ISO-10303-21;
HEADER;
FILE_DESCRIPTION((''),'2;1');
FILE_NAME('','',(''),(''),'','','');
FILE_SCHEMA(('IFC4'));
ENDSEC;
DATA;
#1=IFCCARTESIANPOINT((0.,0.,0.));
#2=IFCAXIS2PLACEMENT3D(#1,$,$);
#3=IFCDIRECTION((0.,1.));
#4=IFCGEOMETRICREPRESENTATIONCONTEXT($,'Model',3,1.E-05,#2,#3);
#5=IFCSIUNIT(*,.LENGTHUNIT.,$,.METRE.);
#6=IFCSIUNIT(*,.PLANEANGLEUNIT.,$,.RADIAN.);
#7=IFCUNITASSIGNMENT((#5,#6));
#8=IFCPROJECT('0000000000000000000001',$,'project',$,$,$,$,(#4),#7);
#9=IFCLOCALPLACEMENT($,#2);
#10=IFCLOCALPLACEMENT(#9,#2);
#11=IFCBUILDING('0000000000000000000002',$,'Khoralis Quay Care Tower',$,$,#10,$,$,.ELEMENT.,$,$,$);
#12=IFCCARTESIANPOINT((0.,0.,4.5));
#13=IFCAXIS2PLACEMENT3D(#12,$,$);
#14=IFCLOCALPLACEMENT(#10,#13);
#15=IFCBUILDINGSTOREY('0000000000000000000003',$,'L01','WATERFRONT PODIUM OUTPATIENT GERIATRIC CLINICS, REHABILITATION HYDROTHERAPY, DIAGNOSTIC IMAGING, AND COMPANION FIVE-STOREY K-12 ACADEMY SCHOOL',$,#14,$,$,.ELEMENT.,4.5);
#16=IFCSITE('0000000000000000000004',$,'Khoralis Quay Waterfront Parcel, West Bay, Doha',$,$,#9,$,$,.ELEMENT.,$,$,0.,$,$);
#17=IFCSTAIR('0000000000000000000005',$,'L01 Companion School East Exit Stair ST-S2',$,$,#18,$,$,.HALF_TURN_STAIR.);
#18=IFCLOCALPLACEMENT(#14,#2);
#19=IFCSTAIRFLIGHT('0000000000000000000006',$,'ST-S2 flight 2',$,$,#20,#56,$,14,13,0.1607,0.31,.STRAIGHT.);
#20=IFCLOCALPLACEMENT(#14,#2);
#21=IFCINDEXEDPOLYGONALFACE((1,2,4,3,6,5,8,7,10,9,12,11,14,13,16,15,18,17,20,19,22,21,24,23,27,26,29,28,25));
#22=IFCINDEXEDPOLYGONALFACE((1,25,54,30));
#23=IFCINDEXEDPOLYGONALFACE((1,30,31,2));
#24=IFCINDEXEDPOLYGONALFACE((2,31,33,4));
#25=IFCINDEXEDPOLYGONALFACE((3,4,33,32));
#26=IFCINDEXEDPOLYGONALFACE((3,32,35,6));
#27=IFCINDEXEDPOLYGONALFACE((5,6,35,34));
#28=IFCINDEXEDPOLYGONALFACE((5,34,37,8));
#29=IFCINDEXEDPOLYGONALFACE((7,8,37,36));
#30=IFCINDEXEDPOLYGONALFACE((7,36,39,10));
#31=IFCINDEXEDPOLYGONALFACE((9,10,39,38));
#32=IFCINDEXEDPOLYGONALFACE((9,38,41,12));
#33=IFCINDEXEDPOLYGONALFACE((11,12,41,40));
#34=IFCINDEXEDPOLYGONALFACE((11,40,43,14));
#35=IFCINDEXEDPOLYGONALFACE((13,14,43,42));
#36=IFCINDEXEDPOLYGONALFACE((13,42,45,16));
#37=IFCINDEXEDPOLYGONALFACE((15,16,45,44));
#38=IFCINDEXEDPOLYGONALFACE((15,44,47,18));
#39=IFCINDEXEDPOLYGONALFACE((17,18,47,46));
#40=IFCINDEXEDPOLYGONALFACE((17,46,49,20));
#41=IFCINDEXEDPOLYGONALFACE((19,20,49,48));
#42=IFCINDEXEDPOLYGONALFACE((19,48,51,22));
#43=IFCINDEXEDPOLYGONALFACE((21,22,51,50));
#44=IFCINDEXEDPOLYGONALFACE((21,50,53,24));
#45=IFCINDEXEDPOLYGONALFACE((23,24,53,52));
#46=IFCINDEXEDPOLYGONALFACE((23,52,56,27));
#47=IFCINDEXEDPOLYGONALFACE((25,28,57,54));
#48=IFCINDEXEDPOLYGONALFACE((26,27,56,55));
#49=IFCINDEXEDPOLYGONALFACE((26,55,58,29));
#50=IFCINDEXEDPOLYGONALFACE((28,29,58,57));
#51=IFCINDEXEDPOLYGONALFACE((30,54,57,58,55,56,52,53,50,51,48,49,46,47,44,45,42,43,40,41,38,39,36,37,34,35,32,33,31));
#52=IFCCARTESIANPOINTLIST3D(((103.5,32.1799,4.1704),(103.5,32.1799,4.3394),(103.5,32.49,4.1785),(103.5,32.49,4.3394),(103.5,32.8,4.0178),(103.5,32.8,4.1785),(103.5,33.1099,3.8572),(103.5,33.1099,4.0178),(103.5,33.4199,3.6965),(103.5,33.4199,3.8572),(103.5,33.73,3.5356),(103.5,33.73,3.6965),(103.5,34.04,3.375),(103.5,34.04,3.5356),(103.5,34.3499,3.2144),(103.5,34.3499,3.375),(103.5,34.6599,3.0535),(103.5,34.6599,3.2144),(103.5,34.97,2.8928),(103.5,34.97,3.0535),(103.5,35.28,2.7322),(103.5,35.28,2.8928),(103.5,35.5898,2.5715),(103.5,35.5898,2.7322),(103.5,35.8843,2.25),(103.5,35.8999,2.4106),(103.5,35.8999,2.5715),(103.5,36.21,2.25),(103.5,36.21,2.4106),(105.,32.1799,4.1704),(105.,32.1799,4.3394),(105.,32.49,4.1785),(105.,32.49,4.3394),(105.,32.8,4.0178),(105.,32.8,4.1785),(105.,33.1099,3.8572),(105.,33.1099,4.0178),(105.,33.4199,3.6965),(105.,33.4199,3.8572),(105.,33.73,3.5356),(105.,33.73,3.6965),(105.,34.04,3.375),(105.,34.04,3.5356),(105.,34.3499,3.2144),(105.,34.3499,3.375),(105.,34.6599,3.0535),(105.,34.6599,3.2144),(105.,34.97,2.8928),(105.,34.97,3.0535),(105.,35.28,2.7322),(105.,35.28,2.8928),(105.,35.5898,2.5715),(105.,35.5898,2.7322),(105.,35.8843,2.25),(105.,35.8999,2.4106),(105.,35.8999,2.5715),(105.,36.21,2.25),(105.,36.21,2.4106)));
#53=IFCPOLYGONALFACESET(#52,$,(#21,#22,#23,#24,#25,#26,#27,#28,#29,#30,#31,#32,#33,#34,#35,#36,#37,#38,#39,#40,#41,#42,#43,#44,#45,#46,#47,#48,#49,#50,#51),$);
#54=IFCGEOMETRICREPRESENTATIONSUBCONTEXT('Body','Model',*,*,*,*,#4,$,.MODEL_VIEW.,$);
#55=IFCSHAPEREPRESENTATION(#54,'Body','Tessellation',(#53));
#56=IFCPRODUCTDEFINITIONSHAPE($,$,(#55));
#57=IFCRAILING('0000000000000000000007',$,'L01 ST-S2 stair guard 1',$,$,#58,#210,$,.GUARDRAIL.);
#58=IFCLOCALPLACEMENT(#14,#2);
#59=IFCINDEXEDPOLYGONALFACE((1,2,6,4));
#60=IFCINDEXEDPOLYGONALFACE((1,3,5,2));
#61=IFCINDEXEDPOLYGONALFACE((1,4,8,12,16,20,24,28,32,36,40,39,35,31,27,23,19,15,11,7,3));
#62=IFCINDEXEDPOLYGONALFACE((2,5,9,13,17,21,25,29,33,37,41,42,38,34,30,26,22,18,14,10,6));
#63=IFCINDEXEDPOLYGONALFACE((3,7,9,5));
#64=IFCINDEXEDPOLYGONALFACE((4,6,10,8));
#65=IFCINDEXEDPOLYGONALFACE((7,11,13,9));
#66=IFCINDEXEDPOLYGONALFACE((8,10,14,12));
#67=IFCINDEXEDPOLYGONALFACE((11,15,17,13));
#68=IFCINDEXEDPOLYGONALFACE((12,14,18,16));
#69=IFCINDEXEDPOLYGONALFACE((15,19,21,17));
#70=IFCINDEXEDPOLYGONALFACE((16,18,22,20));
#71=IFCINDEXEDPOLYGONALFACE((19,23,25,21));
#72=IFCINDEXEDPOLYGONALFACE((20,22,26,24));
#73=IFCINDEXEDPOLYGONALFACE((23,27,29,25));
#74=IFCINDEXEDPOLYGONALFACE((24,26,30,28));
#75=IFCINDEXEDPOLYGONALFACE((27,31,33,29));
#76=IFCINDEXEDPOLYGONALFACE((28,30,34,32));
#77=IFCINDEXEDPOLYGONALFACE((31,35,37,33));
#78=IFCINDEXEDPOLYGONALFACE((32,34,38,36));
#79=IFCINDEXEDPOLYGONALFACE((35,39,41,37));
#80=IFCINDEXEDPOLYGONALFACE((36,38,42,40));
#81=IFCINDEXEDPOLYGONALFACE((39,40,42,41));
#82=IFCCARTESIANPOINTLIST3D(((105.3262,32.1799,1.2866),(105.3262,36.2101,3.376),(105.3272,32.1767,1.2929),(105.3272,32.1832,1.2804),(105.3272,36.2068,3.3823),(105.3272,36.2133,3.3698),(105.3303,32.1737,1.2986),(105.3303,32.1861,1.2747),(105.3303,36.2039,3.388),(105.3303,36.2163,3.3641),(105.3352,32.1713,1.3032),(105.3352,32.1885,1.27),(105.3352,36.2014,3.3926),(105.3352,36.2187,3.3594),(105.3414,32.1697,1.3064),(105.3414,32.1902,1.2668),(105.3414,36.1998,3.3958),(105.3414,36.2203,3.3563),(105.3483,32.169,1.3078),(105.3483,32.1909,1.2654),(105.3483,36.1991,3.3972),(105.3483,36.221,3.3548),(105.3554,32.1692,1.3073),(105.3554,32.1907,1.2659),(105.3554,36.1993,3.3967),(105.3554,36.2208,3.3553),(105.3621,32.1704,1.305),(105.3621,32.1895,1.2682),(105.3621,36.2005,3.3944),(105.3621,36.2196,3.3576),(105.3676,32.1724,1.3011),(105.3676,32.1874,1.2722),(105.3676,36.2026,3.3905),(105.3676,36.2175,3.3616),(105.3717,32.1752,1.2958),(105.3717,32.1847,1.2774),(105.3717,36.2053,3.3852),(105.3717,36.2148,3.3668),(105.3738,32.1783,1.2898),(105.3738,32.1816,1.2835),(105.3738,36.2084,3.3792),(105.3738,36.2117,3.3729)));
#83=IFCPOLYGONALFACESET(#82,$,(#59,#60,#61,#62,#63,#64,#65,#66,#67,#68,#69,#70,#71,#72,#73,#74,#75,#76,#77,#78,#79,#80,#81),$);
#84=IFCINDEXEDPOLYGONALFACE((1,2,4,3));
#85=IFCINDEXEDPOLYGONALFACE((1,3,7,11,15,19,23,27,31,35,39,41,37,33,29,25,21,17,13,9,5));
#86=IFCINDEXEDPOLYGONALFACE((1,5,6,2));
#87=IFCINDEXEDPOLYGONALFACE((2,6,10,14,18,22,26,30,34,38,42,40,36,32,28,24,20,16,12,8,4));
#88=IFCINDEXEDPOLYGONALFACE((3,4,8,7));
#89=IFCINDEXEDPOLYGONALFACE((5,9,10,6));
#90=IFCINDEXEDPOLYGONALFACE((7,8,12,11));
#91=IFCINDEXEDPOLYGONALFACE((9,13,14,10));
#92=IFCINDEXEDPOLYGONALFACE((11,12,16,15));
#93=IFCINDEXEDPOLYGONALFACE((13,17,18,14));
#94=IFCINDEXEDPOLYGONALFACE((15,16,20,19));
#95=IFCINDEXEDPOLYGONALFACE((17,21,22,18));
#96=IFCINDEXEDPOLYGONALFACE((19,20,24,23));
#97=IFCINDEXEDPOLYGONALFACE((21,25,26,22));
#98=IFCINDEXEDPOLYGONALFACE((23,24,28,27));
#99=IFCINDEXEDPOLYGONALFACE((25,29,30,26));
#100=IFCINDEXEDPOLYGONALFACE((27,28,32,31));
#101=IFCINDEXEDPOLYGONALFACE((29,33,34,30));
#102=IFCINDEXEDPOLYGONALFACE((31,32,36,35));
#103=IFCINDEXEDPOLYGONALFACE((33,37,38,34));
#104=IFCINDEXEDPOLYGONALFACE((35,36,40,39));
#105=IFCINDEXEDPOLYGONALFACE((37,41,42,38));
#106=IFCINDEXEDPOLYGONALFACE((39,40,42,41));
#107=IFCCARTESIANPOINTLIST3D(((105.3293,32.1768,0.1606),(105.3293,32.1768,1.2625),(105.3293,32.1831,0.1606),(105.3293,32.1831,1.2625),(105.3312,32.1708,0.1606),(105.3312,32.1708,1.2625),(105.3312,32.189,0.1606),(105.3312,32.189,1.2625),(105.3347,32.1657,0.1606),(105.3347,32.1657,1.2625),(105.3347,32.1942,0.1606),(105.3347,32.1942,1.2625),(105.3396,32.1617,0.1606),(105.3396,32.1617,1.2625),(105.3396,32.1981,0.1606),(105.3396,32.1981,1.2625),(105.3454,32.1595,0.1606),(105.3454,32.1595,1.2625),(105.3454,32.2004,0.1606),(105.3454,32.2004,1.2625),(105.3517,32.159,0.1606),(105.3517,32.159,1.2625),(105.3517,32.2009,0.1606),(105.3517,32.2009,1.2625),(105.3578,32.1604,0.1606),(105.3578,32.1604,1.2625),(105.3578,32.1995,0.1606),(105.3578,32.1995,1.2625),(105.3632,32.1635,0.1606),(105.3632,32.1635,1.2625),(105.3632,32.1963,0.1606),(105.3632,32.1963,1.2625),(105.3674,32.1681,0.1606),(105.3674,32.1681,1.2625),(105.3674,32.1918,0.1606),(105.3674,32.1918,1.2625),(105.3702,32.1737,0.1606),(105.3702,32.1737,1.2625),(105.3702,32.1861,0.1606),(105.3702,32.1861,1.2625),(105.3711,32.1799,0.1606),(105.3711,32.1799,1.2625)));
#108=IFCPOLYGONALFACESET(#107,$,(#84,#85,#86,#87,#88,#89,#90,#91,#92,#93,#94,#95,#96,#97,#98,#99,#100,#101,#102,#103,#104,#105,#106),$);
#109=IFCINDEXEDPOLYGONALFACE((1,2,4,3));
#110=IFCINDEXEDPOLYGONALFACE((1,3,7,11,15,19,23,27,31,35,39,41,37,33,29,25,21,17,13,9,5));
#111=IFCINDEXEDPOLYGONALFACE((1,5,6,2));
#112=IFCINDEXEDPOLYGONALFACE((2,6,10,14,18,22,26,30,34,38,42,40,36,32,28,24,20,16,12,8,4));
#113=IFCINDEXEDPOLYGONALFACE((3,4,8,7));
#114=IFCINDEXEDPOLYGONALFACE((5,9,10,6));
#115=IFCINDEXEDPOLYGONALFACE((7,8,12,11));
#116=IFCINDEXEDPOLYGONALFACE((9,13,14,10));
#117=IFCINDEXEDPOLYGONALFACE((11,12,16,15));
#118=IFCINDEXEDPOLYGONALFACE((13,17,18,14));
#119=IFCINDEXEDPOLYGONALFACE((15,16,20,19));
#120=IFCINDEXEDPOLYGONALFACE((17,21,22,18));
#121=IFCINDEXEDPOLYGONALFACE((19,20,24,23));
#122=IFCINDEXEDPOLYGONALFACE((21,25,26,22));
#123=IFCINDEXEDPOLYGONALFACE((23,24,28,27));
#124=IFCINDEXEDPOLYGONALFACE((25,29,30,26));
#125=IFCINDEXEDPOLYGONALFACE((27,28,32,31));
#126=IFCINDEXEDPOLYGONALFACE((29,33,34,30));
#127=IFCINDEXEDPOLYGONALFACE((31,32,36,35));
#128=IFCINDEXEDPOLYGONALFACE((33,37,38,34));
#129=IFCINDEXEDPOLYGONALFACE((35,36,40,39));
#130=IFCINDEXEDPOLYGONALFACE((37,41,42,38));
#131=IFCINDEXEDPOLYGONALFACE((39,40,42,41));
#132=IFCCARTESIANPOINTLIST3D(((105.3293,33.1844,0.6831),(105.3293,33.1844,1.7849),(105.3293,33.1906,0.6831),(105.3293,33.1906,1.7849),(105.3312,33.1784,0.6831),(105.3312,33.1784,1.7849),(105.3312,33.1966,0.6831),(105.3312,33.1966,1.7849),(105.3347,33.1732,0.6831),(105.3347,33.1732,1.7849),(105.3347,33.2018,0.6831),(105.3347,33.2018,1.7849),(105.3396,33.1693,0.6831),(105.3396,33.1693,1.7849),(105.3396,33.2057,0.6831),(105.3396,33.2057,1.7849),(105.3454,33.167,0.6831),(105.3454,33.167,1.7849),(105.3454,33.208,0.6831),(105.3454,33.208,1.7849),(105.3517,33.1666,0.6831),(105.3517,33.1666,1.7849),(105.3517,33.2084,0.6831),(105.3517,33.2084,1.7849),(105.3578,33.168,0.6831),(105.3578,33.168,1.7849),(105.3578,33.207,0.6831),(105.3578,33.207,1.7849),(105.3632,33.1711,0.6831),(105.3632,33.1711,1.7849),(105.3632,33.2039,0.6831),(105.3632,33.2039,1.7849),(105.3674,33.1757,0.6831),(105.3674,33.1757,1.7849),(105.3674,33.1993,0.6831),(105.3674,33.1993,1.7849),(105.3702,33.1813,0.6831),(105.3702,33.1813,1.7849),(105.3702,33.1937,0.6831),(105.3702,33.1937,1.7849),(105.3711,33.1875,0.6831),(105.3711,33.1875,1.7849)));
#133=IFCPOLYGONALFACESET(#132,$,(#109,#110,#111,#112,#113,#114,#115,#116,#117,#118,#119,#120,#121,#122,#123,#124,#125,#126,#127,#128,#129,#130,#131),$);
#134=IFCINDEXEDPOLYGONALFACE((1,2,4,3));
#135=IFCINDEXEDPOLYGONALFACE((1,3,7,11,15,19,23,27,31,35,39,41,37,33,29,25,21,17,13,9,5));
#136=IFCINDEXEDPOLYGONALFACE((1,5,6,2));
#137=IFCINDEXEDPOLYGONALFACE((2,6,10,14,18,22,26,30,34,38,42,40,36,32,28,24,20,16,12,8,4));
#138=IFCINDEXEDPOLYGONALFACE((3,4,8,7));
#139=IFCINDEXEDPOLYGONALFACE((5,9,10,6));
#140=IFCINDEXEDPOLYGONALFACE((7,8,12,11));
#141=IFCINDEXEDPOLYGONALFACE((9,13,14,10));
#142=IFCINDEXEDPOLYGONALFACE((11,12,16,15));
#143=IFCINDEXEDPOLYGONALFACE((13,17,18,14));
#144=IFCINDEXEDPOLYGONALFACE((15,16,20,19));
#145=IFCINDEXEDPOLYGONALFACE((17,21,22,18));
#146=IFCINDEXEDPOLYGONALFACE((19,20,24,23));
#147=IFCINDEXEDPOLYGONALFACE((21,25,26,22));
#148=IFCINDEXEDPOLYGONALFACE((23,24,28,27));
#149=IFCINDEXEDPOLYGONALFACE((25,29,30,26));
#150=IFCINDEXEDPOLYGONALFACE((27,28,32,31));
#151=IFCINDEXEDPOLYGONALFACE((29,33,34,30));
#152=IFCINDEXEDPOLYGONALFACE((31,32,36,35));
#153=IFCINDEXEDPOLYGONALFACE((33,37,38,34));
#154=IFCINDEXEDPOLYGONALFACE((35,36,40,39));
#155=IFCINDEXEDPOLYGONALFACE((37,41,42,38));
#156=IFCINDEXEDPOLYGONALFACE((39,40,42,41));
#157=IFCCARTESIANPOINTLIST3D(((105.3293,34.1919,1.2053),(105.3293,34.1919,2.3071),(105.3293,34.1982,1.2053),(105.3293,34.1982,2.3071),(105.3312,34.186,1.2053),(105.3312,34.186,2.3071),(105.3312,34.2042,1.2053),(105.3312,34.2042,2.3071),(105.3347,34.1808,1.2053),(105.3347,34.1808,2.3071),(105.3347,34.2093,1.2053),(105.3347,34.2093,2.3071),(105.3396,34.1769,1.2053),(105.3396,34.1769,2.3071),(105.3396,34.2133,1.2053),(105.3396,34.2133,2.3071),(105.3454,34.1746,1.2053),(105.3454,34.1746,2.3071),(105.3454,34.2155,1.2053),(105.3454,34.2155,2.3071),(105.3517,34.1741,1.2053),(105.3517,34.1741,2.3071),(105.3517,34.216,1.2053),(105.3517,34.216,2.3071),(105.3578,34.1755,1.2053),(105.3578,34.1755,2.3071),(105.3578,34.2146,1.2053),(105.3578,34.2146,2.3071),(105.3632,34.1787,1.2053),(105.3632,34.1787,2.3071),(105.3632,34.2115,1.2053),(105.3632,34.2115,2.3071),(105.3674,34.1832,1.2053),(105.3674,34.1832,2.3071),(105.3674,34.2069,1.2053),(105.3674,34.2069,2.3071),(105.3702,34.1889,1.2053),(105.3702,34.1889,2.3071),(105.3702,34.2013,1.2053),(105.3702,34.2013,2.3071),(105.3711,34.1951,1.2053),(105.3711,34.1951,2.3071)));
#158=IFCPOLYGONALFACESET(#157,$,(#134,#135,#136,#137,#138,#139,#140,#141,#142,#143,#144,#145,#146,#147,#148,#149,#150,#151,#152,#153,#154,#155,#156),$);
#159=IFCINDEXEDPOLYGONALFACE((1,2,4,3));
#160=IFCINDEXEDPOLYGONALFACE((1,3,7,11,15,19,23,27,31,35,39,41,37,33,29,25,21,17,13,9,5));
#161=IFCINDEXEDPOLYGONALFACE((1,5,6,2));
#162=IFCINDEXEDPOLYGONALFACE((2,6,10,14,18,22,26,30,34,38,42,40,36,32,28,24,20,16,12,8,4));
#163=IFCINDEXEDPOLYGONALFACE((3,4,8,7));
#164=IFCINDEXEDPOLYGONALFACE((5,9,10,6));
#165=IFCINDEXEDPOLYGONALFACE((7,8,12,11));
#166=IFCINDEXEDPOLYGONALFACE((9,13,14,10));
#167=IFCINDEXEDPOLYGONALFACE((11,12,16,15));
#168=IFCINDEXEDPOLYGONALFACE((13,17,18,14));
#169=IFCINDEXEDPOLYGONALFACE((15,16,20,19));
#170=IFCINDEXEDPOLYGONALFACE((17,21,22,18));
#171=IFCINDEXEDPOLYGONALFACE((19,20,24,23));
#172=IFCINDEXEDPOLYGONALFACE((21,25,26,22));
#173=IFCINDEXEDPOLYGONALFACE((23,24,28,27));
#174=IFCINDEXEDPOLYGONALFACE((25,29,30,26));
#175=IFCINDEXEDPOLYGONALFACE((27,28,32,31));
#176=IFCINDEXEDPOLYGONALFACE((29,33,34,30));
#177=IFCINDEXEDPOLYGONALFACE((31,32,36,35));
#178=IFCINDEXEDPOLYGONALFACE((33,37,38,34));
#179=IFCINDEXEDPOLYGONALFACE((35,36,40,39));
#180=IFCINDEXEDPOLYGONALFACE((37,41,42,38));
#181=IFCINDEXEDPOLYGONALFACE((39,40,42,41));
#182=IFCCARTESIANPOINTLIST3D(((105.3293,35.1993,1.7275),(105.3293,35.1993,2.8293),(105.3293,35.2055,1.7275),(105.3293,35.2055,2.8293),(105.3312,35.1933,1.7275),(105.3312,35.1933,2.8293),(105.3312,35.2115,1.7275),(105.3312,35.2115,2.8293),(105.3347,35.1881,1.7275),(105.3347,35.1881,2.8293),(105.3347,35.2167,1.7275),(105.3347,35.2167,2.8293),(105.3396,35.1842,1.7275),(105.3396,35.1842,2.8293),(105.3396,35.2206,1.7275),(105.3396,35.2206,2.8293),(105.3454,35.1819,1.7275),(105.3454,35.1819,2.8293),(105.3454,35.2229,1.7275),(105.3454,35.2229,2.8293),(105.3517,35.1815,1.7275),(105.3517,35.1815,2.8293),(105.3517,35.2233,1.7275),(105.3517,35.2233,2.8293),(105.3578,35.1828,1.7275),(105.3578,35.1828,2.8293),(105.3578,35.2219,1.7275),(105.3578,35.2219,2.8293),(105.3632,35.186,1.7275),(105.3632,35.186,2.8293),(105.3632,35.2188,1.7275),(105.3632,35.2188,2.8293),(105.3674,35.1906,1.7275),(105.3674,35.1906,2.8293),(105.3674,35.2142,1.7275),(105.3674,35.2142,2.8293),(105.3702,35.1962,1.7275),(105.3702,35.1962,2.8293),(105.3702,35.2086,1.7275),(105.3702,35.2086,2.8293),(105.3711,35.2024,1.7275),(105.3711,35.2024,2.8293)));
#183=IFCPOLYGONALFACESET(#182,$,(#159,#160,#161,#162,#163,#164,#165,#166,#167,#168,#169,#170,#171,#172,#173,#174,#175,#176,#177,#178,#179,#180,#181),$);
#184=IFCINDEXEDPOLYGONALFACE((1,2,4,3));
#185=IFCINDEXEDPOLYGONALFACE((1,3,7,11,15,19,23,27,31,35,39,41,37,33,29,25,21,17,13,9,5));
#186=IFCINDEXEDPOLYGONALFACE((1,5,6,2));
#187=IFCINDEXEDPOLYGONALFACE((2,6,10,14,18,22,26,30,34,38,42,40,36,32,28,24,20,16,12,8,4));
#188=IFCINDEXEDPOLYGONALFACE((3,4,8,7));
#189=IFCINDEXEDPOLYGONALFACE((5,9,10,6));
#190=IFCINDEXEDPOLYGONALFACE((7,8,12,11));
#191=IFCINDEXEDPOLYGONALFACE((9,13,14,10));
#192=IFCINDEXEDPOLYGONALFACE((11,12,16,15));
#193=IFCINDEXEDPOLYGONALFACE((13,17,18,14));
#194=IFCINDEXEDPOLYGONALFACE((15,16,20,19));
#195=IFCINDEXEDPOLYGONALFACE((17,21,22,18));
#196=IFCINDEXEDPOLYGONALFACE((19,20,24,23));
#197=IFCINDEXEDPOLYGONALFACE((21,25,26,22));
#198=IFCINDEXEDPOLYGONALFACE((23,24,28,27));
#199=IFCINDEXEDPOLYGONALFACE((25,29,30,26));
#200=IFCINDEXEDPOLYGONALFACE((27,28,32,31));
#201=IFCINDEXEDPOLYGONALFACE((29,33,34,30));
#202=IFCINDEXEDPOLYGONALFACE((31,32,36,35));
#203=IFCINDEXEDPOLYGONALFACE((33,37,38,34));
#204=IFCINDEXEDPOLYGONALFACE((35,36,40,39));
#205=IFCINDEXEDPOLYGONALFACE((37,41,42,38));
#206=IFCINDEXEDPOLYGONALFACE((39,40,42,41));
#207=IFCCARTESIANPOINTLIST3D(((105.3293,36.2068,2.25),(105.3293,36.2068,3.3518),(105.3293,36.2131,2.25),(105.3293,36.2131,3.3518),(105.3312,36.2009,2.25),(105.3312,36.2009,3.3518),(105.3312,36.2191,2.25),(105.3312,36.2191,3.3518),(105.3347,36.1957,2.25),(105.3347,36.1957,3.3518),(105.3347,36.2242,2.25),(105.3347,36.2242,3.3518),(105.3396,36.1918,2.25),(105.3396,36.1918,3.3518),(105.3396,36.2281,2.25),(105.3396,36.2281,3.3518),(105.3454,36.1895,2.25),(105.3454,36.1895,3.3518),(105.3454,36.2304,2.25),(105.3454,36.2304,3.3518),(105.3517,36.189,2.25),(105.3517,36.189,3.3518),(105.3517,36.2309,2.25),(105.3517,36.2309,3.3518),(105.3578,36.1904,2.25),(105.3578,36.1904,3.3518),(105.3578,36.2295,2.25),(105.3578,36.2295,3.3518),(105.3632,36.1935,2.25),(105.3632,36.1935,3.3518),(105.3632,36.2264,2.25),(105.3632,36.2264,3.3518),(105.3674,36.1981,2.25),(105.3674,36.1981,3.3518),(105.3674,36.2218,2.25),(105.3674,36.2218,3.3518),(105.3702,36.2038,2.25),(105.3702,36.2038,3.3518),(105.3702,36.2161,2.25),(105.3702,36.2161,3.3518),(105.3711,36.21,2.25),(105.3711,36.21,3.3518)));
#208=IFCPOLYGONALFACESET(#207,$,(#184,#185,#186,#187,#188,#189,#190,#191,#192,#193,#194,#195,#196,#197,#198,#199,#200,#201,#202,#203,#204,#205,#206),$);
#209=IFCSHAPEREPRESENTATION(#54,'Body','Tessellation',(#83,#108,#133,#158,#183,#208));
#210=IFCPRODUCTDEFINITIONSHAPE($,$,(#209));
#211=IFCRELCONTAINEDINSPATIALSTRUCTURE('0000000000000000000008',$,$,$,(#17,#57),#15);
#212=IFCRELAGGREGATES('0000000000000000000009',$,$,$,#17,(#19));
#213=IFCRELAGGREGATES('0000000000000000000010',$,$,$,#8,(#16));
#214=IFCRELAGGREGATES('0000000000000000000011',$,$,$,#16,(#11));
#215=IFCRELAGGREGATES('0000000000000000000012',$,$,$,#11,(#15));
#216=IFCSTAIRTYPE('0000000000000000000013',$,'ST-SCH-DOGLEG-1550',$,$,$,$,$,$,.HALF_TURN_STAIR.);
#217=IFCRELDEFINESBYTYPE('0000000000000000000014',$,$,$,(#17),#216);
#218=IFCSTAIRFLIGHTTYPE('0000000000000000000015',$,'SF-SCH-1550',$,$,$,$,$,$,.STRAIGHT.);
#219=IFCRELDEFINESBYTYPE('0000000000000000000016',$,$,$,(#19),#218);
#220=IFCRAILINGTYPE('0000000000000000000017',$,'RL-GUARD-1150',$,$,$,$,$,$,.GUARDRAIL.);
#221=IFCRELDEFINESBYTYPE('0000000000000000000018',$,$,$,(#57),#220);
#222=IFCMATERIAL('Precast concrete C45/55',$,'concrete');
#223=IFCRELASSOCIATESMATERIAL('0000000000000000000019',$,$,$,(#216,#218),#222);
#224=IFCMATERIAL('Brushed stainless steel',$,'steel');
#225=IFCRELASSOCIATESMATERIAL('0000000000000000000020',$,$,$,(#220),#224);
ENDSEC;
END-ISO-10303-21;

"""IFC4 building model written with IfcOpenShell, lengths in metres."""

from ifc_helpers import new_model, si_unit, direction, frame, origin, origin_2d, place, context, subcontext, project, spatial, polyline, circle, outline, extrude, source, transform, mapped, material, type_object, element, aggregate, save


model = new_model("IFC4")

# Units and contexts
model_context = context("Model", 3, precision=1e-05, world=origin(), true_north=direction((0.0, 1.0)))
body_context = subcontext(model_context, "Body", "Model", "MODEL_VIEW")
ifc_project = project(units=[si_unit("LENGTHUNIT", "METRE"), si_unit("PLANEANGLEUNIT", "RADIAN")], contexts=[model_context])

# Site, building, storey
site_placement = place(None, origin())
site = spatial("IfcSite", under=ifc_project, at=site_placement, Name="Khoralis Quay Waterfront Parcel, West Bay, Doha", CompositionType="ELEMENT", RefElevation=0.0)
building_placement = place(site_placement, origin())
building = spatial("IfcBuilding", under=site, at=building_placement, Name="Khoralis Quay Care Tower", CompositionType="ELEMENT")
storey_placement = place(building_placement, frame((0.0, 0.0, 4.5)))
storey = spatial("IfcBuildingStorey", under=building, at=storey_placement, Name="L01", Description="WATERFRONT PODIUM OUTPATIENT GERIATRIC CLINICS, REHABILITATION HYDROTHERAPY, DIAGNOSTIC IMAGING, AND COMPANION FIVE-STOREY K-12 ACADEMY SCHOOL", CompositionType="ELEMENT", Elevation=4.5)

# Stair, stair flight
ifc_material_1 = material(Name="Precast concrete C45/55", Category="concrete")
stair_type = type_object("IfcStairType", Name="ST-SCH-DOGLEG-1550", PredefinedType="HALF_TURN_STAIR", material=ifc_material_1)
stair_placement = place(storey_placement, origin())
stair = element("IfcStair", 1, at=stair_placement, inside=storey, type_object=stair_type, Name="L01 Companion School East Exit Stair ST-S2", PredefinedType="HALF_TURN_STAIR")
stair_flight_type = type_object("IfcStairFlightType", Name="SF-SCH-1550", PredefinedType="STRAIGHT", material=ifc_material_1)
shared_shape_1 = source(origin(), body_context, "Body", "SweptSolid", [
    extrude(outline(polyline([(0.0, 0.0), (0.0, 0.1606), (0.3101, 0.1606), (0.3101, 0.3215), (0.6201, 0.3215), (0.6201, 0.4822), (0.9299, 0.4822), (0.9299, 0.6428), (1.24, 0.6428), (1.24, 0.8035), (1.55, 0.8035), (1.55, 0.9644), (1.8601, 0.9644), (1.8601, 1.125), (2.1699, 1.125), (2.1699, 1.2856), (2.48, 1.2856), (2.48, 1.4465), (2.79, 1.4465), (2.79, 1.6072), (3.1001, 1.6072), (3.1001, 1.7678), (3.4099, 1.7678), (3.4099, 1.9285), (3.72, 1.9285), (3.72, 2.0894), (4.03, 2.0894), (4.03, 2.25), (4.03, 1.9204), (0.3257, 0.0), (0.0, 0.0)])), frame((0.0, 0.75, 0.0), z_axis=(0.0, -1.0, 0.0), x_axis=(1.0, 0.0, 0.0)), (0.0, 0.0, 1.0), 1.5),
])
stair_flight_1_placement = place(storey_placement, frame((104.25, 36.21, 2.25), z_axis=(0.0, 0.0, 1.0), x_axis=(0.0, -1.0, 0.0)))
stair_flight_1 = element("IfcStairFlight", 2, at=stair_flight_1_placement, type_object=stair_flight_type, Name="ST-S2 flight 2", NumberOfRisers=14, NumberOfTreads=13, PredefinedType="STRAIGHT", RiserHeight=0.1607, TreadLength=0.31, context=body_context, shape_type="MappedRepresentation", body=[
    mapped(shared_shape_1, transform((0.0, 0.0, 0.0), scale=1.0)),
])
aggregate(stair, [stair_flight_1])

# Railing
ifc_material_2 = material(Name="Brushed stainless steel", Category="steel")
railing_type_1 = type_object("IfcRailingType", Name="RL-GUARD-1150", PredefinedType="GUARDRAIL", material=ifc_material_2)
railing_1_placement = place(storey_placement, frame((105.3501, 32.1799, 0.1606)))
element("IfcRailing", 3, at=railing_1_placement, inside=storey, type_object=railing_type_1, Name="L01 ST-S2 stair guard 1", PredefinedType="GUARDRAIL", context=body_context, shape_type="SweptSolid", body=[
    extrude(circle(Radius=0.0239, at=origin_2d()), frame((0.0, 0.0, 1.126), z_axis=(0.0, 0.887781, 0.460267), x_axis=(-1.0, 0.0, 0.0)), (0.0, 0.0, 1.0), 4.5396),
    extrude(circle(Radius=0.021, at=origin_2d()), origin(), (0.0, 0.0, 1.0), 1.1018),
    extrude(circle(Radius=0.021, at=origin_2d()), frame((0.0, 1.0076, 0.5225)), (0.0, 0.0, 1.0), 1.1018),
    extrude(circle(Radius=0.021, at=origin_2d()), frame((0.0, 2.0151, 1.0447)), (0.0, 0.0, 1.0), 1.1018),
    extrude(circle(Radius=0.021, at=origin_2d()), frame((0.0, 3.0225, 1.5669)), (0.0, 0.0, 1.0), 1.1018),
    extrude(circle(Radius=0.021, at=origin_2d()), frame((0.0, 4.03, 2.0894)), (0.0, 0.0, 1.0), 1.1018),
])

save(model, "model.ifc")
